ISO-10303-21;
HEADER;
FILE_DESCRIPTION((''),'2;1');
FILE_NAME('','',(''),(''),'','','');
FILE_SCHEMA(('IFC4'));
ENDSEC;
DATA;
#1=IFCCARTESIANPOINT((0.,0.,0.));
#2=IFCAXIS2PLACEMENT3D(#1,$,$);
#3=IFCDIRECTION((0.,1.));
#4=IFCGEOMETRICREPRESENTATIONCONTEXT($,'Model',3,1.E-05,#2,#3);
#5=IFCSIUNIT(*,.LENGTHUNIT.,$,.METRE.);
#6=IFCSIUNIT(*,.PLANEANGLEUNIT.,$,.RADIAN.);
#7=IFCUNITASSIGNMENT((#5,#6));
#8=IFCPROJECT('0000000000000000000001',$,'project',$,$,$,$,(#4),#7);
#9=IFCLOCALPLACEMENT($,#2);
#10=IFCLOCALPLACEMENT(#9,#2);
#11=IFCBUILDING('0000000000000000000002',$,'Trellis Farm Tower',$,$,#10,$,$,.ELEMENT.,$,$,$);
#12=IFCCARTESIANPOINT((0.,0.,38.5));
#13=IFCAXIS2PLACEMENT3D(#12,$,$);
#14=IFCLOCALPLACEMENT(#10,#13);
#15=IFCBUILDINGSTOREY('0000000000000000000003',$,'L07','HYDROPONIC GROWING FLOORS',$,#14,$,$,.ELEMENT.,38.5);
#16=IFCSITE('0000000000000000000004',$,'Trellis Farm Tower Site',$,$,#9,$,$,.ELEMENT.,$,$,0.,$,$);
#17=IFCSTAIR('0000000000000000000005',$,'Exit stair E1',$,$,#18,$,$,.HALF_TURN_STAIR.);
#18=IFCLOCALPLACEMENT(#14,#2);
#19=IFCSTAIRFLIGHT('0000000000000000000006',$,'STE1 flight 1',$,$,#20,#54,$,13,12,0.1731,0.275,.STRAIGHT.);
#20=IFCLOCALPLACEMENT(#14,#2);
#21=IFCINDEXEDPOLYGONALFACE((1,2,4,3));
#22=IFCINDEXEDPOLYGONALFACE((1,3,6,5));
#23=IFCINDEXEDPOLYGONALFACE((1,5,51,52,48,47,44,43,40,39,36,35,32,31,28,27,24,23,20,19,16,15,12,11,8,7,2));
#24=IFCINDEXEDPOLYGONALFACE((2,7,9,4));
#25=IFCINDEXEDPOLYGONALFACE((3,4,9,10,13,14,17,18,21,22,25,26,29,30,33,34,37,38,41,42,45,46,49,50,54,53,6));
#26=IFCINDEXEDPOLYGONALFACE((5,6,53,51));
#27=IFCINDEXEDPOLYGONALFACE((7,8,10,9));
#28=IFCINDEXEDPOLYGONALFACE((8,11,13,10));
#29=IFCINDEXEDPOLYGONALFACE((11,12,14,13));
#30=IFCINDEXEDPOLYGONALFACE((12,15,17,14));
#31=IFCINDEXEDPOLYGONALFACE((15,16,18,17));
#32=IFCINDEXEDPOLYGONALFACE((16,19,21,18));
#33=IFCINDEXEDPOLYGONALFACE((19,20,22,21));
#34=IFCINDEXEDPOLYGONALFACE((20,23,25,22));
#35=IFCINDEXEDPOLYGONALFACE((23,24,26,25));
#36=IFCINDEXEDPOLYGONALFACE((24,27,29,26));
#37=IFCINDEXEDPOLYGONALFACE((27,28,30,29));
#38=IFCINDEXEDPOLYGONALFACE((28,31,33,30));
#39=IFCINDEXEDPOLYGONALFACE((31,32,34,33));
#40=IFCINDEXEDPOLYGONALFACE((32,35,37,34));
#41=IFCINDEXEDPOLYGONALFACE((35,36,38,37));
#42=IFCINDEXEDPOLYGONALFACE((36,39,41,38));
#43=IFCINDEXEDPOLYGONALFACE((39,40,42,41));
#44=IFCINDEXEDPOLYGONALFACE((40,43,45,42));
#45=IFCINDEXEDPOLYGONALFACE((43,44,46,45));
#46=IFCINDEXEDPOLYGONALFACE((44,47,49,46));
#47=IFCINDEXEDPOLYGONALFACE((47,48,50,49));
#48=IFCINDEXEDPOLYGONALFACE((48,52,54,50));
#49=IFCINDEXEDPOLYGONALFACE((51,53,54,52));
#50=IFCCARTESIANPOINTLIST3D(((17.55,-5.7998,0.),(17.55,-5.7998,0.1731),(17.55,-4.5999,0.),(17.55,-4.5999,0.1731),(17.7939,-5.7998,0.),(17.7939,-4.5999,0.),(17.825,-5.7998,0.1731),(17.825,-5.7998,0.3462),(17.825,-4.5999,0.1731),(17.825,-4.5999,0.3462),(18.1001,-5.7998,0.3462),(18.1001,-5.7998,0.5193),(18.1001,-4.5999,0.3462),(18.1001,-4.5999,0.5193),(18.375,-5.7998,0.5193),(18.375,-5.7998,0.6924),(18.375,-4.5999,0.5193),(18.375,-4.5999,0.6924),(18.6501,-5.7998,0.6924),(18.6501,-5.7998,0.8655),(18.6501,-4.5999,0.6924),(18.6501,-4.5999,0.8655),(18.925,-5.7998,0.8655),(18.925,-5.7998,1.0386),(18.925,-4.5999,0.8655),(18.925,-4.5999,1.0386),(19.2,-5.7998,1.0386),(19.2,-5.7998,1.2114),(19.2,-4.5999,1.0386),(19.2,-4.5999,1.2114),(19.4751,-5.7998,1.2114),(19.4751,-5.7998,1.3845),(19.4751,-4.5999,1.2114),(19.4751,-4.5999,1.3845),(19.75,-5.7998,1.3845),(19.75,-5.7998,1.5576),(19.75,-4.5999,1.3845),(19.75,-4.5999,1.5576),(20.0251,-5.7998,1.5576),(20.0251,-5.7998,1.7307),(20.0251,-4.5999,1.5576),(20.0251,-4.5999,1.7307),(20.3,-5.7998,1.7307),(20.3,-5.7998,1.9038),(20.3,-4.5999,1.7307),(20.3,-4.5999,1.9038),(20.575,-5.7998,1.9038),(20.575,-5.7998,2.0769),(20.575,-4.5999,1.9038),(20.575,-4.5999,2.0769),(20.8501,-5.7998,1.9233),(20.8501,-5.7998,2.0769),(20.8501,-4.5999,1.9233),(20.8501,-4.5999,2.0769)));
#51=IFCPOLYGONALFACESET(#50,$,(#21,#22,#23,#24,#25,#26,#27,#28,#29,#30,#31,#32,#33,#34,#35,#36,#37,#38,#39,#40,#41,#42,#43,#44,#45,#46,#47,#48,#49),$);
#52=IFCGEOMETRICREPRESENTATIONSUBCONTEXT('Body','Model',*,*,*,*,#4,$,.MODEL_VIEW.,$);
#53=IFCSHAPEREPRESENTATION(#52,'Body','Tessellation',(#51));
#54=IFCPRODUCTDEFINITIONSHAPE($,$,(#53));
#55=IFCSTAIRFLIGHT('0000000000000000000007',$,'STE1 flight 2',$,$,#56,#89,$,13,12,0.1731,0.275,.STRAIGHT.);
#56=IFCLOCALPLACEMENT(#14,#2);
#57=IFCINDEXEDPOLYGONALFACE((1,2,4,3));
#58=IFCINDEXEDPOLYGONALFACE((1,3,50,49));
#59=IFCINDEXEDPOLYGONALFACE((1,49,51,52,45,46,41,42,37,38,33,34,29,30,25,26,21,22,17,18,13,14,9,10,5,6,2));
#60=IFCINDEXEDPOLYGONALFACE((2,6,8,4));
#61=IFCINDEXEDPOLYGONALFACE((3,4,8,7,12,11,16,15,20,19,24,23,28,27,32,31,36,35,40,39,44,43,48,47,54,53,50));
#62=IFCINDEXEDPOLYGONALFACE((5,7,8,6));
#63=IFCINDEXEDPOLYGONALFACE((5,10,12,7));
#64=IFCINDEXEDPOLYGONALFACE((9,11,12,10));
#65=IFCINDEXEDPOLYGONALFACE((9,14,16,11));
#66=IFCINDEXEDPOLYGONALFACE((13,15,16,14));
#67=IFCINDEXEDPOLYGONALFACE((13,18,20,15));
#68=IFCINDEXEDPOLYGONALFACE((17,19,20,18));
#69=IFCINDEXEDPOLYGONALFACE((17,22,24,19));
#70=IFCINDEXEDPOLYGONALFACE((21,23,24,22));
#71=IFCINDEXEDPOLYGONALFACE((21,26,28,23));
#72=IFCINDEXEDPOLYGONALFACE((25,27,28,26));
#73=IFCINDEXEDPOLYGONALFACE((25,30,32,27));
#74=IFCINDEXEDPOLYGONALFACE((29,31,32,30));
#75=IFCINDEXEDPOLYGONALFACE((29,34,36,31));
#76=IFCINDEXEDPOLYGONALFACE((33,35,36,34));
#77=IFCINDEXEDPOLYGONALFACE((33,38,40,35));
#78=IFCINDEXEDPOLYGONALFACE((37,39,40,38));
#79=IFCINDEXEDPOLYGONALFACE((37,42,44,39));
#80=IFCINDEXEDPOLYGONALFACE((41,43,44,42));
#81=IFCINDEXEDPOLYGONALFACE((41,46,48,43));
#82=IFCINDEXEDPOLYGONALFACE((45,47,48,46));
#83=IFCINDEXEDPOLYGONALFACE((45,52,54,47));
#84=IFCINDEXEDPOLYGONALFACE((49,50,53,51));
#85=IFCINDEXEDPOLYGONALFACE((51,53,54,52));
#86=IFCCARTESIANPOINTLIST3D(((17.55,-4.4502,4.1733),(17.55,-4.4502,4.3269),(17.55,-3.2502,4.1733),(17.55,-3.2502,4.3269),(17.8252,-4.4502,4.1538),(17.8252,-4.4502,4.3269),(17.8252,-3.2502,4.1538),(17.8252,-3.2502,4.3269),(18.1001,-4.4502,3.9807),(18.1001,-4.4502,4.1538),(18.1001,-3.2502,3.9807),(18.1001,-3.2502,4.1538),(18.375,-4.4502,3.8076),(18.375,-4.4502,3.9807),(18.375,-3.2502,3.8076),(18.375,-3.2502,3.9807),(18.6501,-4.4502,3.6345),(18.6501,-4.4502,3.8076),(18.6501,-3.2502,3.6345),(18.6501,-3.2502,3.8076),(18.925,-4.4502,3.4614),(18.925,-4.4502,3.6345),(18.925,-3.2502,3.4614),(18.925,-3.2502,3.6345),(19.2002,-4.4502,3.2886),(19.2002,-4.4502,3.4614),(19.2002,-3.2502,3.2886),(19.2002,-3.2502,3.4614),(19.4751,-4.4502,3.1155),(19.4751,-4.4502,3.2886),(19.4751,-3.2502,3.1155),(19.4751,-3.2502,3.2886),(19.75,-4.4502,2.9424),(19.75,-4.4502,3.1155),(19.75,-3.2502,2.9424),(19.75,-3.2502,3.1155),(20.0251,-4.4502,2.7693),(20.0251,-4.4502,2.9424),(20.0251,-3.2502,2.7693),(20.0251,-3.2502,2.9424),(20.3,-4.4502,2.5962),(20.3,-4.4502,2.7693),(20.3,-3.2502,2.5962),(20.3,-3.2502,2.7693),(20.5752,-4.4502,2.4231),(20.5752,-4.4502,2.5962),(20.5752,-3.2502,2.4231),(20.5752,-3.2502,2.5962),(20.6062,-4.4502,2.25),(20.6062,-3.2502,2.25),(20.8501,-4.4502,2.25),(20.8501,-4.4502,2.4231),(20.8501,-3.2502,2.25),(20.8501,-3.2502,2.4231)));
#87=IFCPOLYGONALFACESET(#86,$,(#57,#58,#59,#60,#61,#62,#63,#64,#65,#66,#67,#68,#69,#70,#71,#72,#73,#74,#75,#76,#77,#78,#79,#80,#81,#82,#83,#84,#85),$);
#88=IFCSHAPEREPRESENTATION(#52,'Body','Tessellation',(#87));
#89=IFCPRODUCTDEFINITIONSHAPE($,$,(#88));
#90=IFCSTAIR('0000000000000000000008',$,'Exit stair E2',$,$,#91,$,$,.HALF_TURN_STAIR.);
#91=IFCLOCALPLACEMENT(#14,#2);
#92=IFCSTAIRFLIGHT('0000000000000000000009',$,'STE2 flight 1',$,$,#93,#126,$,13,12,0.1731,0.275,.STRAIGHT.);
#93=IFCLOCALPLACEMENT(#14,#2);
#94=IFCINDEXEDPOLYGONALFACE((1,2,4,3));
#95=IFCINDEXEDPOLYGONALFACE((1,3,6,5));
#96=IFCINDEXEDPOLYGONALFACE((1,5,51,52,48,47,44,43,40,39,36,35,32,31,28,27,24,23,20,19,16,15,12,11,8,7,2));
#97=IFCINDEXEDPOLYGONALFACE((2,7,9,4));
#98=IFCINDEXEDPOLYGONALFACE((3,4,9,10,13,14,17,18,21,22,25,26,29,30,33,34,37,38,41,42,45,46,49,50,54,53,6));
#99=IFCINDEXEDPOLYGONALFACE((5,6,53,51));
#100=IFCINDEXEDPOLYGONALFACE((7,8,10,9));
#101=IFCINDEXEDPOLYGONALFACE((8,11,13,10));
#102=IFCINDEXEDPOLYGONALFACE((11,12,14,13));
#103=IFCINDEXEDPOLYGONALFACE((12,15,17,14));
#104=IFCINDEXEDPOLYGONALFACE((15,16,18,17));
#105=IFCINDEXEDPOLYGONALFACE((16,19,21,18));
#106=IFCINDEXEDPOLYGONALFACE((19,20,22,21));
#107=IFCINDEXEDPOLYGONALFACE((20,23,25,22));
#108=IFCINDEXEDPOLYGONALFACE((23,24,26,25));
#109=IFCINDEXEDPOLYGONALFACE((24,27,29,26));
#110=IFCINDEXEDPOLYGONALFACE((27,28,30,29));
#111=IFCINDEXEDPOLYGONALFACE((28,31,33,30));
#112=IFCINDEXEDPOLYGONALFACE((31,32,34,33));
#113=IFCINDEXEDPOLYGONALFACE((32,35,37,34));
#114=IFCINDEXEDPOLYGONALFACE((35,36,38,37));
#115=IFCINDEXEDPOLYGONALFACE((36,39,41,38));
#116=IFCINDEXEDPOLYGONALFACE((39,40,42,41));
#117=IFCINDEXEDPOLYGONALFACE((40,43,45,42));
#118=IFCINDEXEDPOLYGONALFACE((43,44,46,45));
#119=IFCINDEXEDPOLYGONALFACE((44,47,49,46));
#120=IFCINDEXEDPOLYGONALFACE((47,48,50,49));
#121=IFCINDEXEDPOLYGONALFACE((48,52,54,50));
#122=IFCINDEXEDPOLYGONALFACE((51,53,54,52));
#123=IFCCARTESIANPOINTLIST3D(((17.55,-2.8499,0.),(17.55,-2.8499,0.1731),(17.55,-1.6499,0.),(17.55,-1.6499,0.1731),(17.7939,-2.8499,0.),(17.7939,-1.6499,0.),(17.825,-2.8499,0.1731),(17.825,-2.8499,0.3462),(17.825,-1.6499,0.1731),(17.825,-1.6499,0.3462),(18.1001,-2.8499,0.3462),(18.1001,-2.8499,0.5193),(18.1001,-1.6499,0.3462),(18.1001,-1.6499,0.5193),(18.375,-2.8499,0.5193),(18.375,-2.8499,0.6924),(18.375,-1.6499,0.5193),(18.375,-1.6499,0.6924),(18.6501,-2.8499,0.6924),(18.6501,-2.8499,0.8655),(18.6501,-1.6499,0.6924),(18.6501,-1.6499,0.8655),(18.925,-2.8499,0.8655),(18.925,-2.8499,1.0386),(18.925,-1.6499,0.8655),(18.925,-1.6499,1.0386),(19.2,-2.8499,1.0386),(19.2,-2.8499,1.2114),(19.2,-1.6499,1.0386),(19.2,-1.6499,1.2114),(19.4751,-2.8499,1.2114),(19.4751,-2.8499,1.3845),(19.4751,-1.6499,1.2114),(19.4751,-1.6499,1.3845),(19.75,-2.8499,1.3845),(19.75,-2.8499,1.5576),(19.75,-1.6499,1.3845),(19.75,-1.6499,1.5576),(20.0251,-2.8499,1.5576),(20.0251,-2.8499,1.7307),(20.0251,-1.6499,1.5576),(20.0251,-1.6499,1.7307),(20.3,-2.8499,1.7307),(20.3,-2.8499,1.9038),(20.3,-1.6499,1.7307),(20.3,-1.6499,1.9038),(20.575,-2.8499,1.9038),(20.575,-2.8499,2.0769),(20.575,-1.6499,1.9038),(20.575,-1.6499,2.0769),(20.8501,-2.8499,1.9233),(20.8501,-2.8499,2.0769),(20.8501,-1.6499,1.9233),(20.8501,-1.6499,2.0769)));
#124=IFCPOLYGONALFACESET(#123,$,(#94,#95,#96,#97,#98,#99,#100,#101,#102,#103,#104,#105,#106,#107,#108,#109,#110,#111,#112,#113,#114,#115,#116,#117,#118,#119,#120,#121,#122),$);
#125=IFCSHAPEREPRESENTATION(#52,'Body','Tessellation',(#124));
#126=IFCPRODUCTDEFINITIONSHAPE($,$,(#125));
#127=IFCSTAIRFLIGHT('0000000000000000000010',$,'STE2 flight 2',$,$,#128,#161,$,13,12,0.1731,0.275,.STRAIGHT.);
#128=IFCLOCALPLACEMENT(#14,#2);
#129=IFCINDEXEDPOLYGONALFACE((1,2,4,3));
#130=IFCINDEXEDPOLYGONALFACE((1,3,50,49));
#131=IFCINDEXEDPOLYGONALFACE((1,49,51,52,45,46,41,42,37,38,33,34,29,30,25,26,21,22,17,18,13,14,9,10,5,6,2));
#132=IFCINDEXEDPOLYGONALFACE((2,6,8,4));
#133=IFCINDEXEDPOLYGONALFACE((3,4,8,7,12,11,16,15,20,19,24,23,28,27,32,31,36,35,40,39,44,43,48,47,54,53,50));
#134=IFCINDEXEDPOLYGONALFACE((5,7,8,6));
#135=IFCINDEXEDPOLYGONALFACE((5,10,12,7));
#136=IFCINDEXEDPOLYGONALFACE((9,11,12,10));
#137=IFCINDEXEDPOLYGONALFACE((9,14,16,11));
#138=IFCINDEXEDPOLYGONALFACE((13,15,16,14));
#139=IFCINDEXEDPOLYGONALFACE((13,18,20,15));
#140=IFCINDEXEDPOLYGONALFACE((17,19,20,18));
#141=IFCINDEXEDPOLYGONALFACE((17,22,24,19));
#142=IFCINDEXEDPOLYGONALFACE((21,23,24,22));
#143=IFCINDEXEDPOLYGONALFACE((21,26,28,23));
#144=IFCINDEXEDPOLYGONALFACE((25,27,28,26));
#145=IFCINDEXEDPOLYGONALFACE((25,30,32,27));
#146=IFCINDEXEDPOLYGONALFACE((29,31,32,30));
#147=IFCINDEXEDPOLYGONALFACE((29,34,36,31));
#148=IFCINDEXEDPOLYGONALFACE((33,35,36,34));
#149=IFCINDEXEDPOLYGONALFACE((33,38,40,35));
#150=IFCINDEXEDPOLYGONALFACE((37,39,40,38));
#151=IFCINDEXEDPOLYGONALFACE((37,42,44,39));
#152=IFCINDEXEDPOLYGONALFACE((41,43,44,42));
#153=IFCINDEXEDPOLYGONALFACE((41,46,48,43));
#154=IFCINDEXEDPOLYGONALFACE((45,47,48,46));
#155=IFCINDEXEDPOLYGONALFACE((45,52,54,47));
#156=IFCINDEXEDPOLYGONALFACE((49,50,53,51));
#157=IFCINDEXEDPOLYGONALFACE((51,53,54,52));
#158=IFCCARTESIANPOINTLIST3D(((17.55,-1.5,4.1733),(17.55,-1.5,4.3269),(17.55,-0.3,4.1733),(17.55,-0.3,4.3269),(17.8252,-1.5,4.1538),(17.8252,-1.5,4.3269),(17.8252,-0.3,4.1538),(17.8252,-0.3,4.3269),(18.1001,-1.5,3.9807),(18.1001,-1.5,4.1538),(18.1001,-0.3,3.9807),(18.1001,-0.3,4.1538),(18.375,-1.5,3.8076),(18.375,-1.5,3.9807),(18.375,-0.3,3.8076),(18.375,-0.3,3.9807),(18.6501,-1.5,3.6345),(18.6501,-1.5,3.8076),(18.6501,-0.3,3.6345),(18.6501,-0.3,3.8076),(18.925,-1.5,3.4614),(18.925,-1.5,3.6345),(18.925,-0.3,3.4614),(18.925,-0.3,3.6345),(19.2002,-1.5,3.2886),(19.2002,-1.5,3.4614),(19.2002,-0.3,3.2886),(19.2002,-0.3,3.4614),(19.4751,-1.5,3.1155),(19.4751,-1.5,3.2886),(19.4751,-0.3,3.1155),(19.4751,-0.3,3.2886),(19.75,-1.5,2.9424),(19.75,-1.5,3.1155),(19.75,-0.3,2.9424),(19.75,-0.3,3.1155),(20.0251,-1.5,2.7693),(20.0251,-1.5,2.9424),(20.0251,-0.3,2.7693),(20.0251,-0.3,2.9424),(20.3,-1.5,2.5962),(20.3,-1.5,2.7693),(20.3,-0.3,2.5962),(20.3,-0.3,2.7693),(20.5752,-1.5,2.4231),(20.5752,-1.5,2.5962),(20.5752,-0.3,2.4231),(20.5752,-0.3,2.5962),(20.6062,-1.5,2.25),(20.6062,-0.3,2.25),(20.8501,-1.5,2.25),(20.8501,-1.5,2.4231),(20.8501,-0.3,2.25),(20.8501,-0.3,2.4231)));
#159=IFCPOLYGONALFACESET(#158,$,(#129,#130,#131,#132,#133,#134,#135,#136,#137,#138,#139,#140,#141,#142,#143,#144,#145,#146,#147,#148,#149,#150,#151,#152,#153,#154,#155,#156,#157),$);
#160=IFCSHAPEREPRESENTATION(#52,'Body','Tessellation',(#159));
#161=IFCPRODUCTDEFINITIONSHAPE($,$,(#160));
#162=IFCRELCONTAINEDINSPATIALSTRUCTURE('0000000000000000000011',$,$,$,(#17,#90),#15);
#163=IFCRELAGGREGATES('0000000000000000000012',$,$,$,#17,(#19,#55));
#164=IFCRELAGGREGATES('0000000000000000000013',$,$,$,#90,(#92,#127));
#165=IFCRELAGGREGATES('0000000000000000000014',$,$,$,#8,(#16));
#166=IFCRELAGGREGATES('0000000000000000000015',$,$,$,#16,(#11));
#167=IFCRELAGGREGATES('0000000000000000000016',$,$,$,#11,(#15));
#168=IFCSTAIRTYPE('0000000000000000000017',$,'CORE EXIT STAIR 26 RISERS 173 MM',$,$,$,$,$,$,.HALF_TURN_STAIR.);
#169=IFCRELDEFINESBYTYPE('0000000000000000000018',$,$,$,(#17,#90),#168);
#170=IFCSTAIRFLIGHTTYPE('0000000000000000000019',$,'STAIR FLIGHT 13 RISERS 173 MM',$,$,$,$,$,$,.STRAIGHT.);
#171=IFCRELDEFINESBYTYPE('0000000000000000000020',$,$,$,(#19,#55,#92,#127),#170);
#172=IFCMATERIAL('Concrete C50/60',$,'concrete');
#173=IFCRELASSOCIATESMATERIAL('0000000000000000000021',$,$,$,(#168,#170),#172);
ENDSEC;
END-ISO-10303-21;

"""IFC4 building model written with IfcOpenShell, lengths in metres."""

from ifc_helpers import new_model, si_unit, direction, frame, origin, place, context, subcontext, project, spatial, polyline, outline, extrude, source, transform, mapped, material, type_object, element, aggregate, save


model = new_model("IFC4")

# Units and contexts
model_context = context("Model", 3, precision=1e-05, world=origin(), true_north=direction((0.0, 1.0)))
body_context = subcontext(model_context, "Body", "Model", "MODEL_VIEW")
ifc_project = project(units=[si_unit("LENGTHUNIT", "METRE"), si_unit("PLANEANGLEUNIT", "RADIAN")], contexts=[model_context])

# Site, building, storey
site_placement = place(None, origin())
site = spatial("IfcSite", under=ifc_project, at=site_placement, Name="Trellis Farm Tower Site", CompositionType="ELEMENT", RefElevation=0.0)
building_placement = place(site_placement, origin())
building = spatial("IfcBuilding", under=site, at=building_placement, Name="Trellis Farm Tower", CompositionType="ELEMENT")
storey_placement = place(building_placement, frame((0.0, 0.0, 38.5)))
storey = spatial("IfcBuildingStorey", under=building, at=storey_placement, Name="L07", Description="HYDROPONIC GROWING FLOORS", CompositionType="ELEMENT", Elevation=38.5)

# Shared definitions
placement = place(storey_placement, origin())

# Stairs, stair flights
ifc_material_1 = material(Name="Concrete C50/60", Category="concrete")
stair_type = type_object("IfcStairType", Name="CORE EXIT STAIR 26 RISERS 173 MM", PredefinedType="HALF_TURN_STAIR", material=ifc_material_1)
stair_1 = element("IfcStair", 1, at=placement, inside=storey, type_object=stair_type, Name="Exit stair E1", PredefinedType="HALF_TURN_STAIR")
stair_flight_type = type_object("IfcStairFlightType", Name="STAIR FLIGHT 13 RISERS 173 MM", PredefinedType="STRAIGHT", material=ifc_material_1)
shared_shape_1 = source(origin(), body_context, "Body", "SweptSolid", [
    extrude(outline(polyline([(0.0, 0.0), (0.0, 0.1731), (0.2749, 0.1731), (0.2749, 0.3462), (0.55, 0.3462), (0.55, 0.5193), (0.825, 0.5193), (0.825, 0.6924), (1.1001, 0.6924), (1.1001, 0.8655), (1.375, 0.8655), (1.375, 1.0386), (1.6499, 1.0386), (1.6499, 1.2114), (1.925, 1.2114), (1.925, 1.3845), (2.2, 1.3845), (2.2, 1.5576), (2.4751, 1.5576), (2.4751, 1.7307), (2.75, 1.7307), (2.75, 1.9038), (3.0249, 1.9038), (3.0249, 2.0769), (3.3, 2.0769), (3.3, 2.25), (3.3, 1.9233), (0.2439, 0.0), (0.0, 0.0)])), frame((0.0, 0.6001, 0.0), z_axis=(0.0, -1.0, 0.0), x_axis=(1.0, 0.0, 0.0)), (0.0, 0.0, 1.0), 1.2),
])
stair_flight_1_placement = place(storey_placement, frame((17.55, -5.2, 0.0), z_axis=(0.0, 0.0, 1.0), x_axis=(1.0, 0.0, 0.0)))
stair_flight_1 = element("IfcStairFlight", 2, at=stair_flight_1_placement, type_object=stair_flight_type, Name="STE1 flight 1", NumberOfRisers=13, NumberOfTreads=12, PredefinedType="STRAIGHT", RiserHeight=0.1731, TreadLength=0.275, context=body_context, shape_type="MappedRepresentation", body=[
    mapped(shared_shape_1, transform((0.0, 0.0, 0.0))),
])
stair_flight_2_placement = place(storey_placement, frame((20.8501, -3.8501, 2.25), z_axis=(0.0, 0.0, 1.0), x_axis=(-1.0, 0.0, 0.0)))
stair_flight_2 = element("IfcStairFlight", 3, at=stair_flight_2_placement, type_object=stair_flight_type, Name="STE1 flight 2", NumberOfRisers=13, NumberOfTreads=12, PredefinedType="STRAIGHT", RiserHeight=0.1731, TreadLength=0.275, context=body_context, shape_type="MappedRepresentation", body=[
    mapped(shared_shape_1, transform((0.0, 0.0, 0.0))),
])
aggregate(stair_1, [stair_flight_1, stair_flight_2])
stair_2 = element("IfcStair", 4, at=placement, inside=storey, type_object=stair_type, Name="Exit stair E2", PredefinedType="HALF_TURN_STAIR")
stair_flight_3_placement = place(storey_placement, frame((17.55, -2.25, 0.0), z_axis=(0.0, 0.0, 1.0), x_axis=(1.0, 0.0, 0.0)))
stair_flight_3 = element("IfcStairFlight", 5, at=stair_flight_3_placement, type_object=stair_flight_type, Name="STE2 flight 1", NumberOfRisers=13, NumberOfTreads=12, PredefinedType="STRAIGHT", RiserHeight=0.1731, TreadLength=0.275, context=body_context, shape_type="MappedRepresentation", body=[
    mapped(shared_shape_1, transform((0.0, 0.0, 0.0))),
])
stair_flight_4_placement = place(storey_placement, frame((20.8501, -0.8999, 2.25), z_axis=(0.0, 0.0, 1.0), x_axis=(-1.0, 0.0, 0.0)))
stair_flight_4 = element("IfcStairFlight", 6, at=stair_flight_4_placement, type_object=stair_flight_type, Name="STE2 flight 2", NumberOfRisers=13, NumberOfTreads=12, PredefinedType="STRAIGHT", RiserHeight=0.1731, TreadLength=0.275, context=body_context, shape_type="MappedRepresentation", body=[
    mapped(shared_shape_1, transform((0.0, 0.0, 0.0))),
])
aggregate(stair_2, [stair_flight_3, stair_flight_4])

save(model, "model.ifc")
